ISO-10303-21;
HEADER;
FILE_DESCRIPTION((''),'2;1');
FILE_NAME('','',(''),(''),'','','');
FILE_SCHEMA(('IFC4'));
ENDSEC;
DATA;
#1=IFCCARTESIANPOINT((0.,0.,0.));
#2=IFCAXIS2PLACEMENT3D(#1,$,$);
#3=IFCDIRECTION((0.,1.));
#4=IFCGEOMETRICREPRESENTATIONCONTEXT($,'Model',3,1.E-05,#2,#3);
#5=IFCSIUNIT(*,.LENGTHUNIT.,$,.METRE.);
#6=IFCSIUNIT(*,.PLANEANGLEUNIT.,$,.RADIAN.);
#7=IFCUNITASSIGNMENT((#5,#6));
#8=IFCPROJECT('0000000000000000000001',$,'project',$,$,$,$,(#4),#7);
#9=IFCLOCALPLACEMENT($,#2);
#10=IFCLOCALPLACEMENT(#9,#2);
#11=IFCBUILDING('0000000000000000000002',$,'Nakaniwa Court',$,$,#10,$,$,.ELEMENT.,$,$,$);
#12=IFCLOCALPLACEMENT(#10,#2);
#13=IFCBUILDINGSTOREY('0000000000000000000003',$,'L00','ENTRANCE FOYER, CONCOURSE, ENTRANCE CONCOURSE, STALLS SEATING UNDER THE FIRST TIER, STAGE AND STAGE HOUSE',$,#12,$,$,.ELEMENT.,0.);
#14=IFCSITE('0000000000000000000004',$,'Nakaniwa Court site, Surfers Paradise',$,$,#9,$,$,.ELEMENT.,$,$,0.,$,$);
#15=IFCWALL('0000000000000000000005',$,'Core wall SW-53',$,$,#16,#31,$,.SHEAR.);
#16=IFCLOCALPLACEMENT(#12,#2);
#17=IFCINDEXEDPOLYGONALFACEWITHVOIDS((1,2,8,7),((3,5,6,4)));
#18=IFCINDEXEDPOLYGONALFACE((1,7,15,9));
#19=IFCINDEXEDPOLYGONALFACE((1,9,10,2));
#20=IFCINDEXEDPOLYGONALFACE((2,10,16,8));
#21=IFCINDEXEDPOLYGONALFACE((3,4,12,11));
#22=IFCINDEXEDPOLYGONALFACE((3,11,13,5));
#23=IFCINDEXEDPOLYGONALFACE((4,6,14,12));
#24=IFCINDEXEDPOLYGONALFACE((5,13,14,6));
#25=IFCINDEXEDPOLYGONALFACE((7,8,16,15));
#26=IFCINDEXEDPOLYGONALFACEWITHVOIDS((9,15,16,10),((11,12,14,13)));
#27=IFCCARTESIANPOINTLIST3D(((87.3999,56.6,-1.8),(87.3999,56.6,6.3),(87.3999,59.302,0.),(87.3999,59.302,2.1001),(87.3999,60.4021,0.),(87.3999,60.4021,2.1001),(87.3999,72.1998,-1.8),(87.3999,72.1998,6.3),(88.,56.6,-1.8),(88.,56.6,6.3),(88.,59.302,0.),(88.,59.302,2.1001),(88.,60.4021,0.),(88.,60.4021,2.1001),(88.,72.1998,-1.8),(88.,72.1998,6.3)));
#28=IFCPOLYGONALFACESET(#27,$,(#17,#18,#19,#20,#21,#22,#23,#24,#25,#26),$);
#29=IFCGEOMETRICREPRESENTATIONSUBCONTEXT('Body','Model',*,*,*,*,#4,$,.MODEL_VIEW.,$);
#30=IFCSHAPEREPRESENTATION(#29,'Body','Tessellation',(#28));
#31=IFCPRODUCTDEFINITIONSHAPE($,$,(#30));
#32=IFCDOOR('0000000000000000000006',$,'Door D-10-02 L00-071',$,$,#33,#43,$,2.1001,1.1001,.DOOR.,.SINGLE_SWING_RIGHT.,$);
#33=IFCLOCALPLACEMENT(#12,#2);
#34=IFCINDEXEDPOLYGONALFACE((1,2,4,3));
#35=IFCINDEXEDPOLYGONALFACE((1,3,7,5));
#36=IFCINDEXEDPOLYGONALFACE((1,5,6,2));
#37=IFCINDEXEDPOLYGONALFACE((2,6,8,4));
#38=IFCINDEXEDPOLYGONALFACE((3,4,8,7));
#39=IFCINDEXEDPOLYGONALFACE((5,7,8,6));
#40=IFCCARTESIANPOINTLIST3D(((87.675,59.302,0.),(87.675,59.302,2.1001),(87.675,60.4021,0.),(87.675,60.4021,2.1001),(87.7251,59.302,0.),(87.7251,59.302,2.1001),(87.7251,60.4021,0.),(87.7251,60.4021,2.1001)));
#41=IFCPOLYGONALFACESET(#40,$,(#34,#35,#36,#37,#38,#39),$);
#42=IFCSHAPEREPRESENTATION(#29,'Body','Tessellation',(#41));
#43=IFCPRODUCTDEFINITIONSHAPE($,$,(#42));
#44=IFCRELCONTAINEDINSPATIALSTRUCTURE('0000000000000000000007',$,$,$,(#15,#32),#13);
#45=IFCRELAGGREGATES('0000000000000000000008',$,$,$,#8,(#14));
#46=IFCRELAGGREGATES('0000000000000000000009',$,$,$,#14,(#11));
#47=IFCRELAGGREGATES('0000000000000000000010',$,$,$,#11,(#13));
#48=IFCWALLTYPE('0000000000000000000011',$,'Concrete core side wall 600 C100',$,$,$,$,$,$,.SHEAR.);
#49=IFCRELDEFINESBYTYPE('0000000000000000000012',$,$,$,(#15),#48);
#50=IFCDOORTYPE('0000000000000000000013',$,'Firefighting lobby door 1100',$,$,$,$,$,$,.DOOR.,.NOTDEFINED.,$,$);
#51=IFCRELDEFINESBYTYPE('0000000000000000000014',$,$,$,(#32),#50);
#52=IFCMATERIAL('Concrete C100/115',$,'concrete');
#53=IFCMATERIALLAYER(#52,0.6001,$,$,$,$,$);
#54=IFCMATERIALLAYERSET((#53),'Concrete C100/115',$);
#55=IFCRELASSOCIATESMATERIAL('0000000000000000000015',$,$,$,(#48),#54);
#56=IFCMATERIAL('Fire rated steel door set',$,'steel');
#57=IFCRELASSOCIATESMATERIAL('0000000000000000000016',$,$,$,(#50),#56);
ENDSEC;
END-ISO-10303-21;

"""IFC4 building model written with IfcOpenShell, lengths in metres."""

from ifc_helpers import new_model, si_unit, direction, frame, frame_2d, origin, place, context, subcontext, project, spatial, rectangle, extrude, material, layer, layer_set, type_object, element, fill, save


model = new_model("IFC4")

# Units and contexts
model_context = context("Model", 3, precision=1e-05, world=origin(), true_north=direction((0.0, 1.0)))
body_context = subcontext(model_context, "Body", "Model", "MODEL_VIEW")
ifc_project = project(units=[si_unit("LENGTHUNIT", "METRE"), si_unit("PLANEANGLEUNIT", "RADIAN")], contexts=[model_context])

# Site, building, storey
site_placement = place(None, origin())
site = spatial("IfcSite", under=ifc_project, at=site_placement, Name="Nakaniwa Court site, Surfers Paradise", CompositionType="ELEMENT", RefElevation=0.0)
building_placement = place(site_placement, origin())
building = spatial("IfcBuilding", under=site, at=building_placement, Name="Nakaniwa Court", CompositionType="ELEMENT")
storey_placement = place(building_placement, origin())
storey = spatial("IfcBuildingStorey", under=building, at=storey_placement, Name="L00", Description="ENTRANCE FOYER, CONCOURSE, ENTRANCE CONCOURSE, STALLS SEATING UNDER THE FIRST TIER, STAGE AND STAGE HOUSE", CompositionType="ELEMENT", Elevation=0.0)

# Shared definitions
ifc_material_1 = material(Name="Concrete C100/115", Category="concrete")

# Wall, opening, door
ifc_layer_1 = layer(ifc_material_1, 0.6001)
ifc_layer_set_1 = layer_set([ifc_layer_1], Name="Concrete C100/115")
wall_type_1 = type_object("IfcWallType", Name="Concrete core side wall 600 C100", PredefinedType="SHEAR", material=ifc_layer_set_1)
wall_1_placement = place(storey_placement, frame((87.7, 56.6001, -1.8), z_axis=(0.0, 0.0, 1.0), x_axis=(0.0, 1.0, 0.0)))
wall_1 = element("IfcWall", 1, at=wall_1_placement, inside=storey, type_object=wall_type_1, Name="Core wall SW-53", PredefinedType="SHEAR", context=body_context, shape_type="SweptSolid", body=[
    extrude(rectangle(XDim=15.5999, YDim=0.6001, at=frame_2d((7.7998, 0.0))), origin(), (0.0, 0.0, 1.0), 8.1001),
])
opening_1_placement = place(wall_1_placement, frame((2.7019, 0.0, 1.8)))
opening_1 = element("IfcOpeningElement", 2, at=opening_1_placement, cuts=wall_1, PredefinedType="OPENING", context=body_context, shape_type="SweptSolid", body=[
    extrude(rectangle(XDim=1.1001, YDim=2.1001, at=frame_2d((0.55, 1.05))), frame((0.0, 0.3101, 0.0), z_axis=(0.0, -1.0, 0.0), x_axis=(1.0, 0.0, 0.0)), (0.0, 0.0, 1.0), 0.6201),
])
ifc_material_2 = material(Name="Fire rated steel door set", Category="steel")
door_type_1 = type_object("IfcDoorType", Name="Firefighting lobby door 1100", OperationType="NOTDEFINED", PredefinedType="DOOR", material=ifc_material_2)
door_1_placement = place(opening_1_placement, origin())
door_1 = element("IfcDoor", 3, at=door_1_placement, inside=storey, type_object=door_type_1, Name="Door D-10-02 L00-071", OperationType="SINGLE_SWING_RIGHT", OverallHeight=2.1001, OverallWidth=1.1001, PredefinedType="DOOR", context=body_context, shape_type="SweptSolid", body=[
    extrude(rectangle(XDim=1.1001, YDim=2.1001, at=frame_2d((0.55, 1.05))), frame((0.0, 0.0249, 0.0), z_axis=(0.0, -1.0, 0.0), x_axis=(1.0, 0.0, 0.0)), (0.0, 0.0, 1.0), 0.05),
])
fill(opening_1, door_1)

save(model, "model.ifc")
